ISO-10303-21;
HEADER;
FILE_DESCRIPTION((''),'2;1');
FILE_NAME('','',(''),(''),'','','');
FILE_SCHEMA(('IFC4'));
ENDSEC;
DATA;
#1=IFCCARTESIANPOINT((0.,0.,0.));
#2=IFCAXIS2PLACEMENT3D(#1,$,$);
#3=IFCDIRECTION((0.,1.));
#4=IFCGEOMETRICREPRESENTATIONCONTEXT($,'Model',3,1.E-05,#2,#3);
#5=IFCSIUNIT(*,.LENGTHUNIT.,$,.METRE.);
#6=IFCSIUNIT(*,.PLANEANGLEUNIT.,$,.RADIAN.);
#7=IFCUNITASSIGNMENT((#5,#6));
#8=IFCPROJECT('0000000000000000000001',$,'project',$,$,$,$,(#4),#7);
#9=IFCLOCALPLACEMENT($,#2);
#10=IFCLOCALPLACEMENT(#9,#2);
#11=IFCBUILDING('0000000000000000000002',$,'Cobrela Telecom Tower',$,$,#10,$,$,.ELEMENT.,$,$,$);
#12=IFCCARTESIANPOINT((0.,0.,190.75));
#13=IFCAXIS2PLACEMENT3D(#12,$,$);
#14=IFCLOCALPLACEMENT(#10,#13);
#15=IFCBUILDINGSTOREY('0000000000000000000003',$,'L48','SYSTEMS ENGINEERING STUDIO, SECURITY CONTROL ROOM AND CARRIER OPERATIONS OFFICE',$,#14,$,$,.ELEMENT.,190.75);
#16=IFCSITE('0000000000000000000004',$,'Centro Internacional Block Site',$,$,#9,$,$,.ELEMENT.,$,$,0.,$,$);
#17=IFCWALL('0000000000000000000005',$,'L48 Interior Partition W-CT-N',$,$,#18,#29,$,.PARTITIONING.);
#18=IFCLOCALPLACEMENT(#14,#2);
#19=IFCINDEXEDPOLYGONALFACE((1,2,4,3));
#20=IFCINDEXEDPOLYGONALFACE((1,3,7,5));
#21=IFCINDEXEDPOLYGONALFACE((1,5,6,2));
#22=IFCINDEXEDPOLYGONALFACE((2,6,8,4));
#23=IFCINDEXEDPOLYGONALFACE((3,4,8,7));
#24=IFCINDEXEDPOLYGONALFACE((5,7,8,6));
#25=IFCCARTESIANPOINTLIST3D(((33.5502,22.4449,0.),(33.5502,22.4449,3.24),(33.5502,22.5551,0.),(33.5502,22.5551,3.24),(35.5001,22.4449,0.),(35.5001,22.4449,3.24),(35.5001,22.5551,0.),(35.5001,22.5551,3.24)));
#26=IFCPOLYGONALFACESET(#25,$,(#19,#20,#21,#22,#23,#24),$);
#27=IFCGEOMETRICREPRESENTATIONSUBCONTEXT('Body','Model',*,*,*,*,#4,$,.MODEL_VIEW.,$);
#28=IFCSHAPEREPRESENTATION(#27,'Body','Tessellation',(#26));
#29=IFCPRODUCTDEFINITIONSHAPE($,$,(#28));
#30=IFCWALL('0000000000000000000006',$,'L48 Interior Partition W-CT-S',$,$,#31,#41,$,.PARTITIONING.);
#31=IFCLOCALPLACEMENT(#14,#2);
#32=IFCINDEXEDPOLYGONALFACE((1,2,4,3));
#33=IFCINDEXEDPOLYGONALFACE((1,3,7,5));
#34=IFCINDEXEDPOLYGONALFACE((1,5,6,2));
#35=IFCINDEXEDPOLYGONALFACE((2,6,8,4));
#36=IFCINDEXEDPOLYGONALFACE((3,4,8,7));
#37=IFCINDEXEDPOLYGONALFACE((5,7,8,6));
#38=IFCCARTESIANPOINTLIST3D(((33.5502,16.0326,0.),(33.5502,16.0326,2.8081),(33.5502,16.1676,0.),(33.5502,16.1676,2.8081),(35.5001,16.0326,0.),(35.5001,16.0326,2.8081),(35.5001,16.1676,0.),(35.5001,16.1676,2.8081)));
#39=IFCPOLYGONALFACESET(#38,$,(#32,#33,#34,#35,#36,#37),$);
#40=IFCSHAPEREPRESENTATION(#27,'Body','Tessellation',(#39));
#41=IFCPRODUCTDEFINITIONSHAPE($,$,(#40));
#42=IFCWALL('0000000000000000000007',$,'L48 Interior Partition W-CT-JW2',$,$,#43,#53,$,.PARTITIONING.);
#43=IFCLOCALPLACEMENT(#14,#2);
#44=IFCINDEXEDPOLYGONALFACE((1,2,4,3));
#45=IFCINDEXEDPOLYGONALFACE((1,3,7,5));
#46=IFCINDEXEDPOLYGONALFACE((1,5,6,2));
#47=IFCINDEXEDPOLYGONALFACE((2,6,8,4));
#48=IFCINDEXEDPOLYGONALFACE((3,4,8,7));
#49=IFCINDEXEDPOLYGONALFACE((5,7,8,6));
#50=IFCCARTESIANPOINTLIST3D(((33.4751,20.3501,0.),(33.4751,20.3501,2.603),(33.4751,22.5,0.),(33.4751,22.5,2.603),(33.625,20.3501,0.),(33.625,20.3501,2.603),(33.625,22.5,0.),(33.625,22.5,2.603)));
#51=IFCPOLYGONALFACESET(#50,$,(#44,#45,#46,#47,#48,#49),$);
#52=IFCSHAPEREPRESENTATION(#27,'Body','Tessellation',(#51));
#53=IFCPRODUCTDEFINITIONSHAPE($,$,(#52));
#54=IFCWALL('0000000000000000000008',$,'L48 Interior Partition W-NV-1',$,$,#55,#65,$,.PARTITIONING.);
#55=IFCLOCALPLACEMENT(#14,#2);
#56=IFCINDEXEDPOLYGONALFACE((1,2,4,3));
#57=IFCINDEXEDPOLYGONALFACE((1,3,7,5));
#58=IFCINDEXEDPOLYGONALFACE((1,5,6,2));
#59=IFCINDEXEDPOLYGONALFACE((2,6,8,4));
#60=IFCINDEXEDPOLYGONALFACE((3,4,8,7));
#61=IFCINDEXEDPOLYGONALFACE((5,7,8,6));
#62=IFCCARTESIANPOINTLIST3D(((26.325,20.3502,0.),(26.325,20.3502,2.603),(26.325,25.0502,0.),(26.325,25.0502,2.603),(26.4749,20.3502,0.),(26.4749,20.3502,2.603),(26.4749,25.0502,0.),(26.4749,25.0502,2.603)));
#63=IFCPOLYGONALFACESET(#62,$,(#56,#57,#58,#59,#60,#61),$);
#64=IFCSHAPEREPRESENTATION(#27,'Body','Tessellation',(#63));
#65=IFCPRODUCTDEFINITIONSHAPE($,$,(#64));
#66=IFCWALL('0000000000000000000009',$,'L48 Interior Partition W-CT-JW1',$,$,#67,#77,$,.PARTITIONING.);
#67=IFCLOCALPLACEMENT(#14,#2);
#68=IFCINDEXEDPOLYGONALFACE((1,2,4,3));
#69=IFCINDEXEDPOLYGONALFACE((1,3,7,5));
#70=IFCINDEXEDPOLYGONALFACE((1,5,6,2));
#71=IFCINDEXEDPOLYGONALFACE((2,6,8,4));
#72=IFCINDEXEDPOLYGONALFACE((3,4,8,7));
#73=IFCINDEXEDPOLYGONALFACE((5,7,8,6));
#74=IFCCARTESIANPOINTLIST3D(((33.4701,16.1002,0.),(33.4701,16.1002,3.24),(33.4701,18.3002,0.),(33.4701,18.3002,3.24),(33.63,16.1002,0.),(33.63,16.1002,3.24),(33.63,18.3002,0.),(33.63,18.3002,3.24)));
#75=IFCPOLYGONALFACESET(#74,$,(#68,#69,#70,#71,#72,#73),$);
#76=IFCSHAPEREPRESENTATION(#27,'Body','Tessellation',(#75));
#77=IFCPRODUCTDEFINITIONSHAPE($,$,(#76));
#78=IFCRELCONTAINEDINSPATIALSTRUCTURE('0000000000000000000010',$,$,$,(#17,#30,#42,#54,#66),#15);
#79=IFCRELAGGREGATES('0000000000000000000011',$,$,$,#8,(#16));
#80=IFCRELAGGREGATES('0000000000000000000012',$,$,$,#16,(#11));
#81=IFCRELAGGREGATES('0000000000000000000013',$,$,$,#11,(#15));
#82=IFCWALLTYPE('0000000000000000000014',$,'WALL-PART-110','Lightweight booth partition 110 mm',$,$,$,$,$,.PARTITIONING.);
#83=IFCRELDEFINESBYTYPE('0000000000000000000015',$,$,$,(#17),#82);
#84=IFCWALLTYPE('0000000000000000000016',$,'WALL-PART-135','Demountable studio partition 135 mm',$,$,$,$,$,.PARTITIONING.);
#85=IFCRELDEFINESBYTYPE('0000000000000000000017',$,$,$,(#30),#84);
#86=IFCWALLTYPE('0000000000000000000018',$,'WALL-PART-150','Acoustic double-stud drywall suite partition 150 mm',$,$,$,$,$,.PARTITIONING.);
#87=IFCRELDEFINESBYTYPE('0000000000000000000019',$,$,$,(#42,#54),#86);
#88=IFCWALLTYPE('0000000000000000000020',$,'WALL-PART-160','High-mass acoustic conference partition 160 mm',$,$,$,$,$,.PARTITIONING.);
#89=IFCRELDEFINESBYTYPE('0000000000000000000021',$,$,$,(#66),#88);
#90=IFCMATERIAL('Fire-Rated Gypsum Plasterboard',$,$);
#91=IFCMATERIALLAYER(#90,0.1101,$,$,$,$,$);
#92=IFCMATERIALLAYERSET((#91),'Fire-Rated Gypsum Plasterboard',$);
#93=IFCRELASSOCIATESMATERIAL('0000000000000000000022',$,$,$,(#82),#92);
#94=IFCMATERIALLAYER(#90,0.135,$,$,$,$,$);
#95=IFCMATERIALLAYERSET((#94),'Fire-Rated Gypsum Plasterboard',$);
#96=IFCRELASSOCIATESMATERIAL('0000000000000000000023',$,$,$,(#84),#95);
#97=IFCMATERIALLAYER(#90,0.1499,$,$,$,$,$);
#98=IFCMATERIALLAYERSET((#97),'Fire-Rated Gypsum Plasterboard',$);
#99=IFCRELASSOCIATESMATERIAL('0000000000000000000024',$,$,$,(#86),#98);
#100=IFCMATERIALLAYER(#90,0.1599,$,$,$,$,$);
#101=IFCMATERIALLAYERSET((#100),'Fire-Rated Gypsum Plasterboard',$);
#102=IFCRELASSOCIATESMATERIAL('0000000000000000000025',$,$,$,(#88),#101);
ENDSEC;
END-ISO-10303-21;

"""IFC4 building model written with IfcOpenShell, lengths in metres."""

from ifc_helpers import new_model, si_unit, direction, frame, frame_2d, origin, place, context, subcontext, project, spatial, rectangle, extrude, material, layer, layer_set, type_object, element, save


model = new_model("IFC4")

# Units and contexts
model_context = context("Model", 3, precision=1e-05, world=origin(), true_north=direction((0.0, 1.0)))
body_context = subcontext(model_context, "Body", "Model", "MODEL_VIEW")
ifc_project = project(units=[si_unit("LENGTHUNIT", "METRE"), si_unit("PLANEANGLEUNIT", "RADIAN")], contexts=[model_context])

# Site, building, storey
site_placement = place(None, origin())
site = spatial("IfcSite", under=ifc_project, at=site_placement, Name="Centro Internacional Block Site", CompositionType="ELEMENT", RefElevation=0.0)
building_placement = place(site_placement, origin())
building = spatial("IfcBuilding", under=site, at=building_placement, Name="Cobrela Telecom Tower", CompositionType="ELEMENT")
storey_placement = place(building_placement, frame((0.0, 0.0, 190.75)))
storey = spatial("IfcBuildingStorey", under=building, at=storey_placement, Name="L48", Description="SYSTEMS ENGINEERING STUDIO, SECURITY CONTROL ROOM AND CARRIER OPERATIONS OFFICE", CompositionType="ELEMENT", Elevation=190.75)

# Walls
ifc_material_1 = material(Name="Fire-Rated Gypsum Plasterboard")
ifc_layer_1 = layer(ifc_material_1, 0.1101)
ifc_layer_set_1 = layer_set([ifc_layer_1], Name="Fire-Rated Gypsum Plasterboard")
wall_type_1 = type_object("IfcWallType", Name="WALL-PART-110", Description="Lightweight booth partition 110 mm", PredefinedType="PARTITIONING", material=ifc_layer_set_1)
wall_1_placement = place(storey_placement, frame((33.55, 22.5, 0.0), z_axis=(0.0, 0.0, 1.0), x_axis=(1.0, 0.0, 0.0)))
element("IfcWall", 1, at=wall_1_placement, inside=storey, type_object=wall_type_1, Name="L48 Interior Partition W-CT-N", PredefinedType="PARTITIONING", context=body_context, shape_type="SweptSolid", body=[
    extrude(rectangle(XDim=1.95, YDim=0.1101, at=frame_2d((0.9751, 0.0))), origin(), (0.0, 0.0, 1.0), 3.24),
])
ifc_layer_2 = layer(ifc_material_1, 0.135)
ifc_layer_set_2 = layer_set([ifc_layer_2], Name="Fire-Rated Gypsum Plasterboard")
wall_type_2 = type_object("IfcWallType", Name="WALL-PART-135", Description="Demountable studio partition 135 mm", PredefinedType="PARTITIONING", material=ifc_layer_set_2)
wall_2_placement = place(storey_placement, frame((33.55, 16.1001, 0.0), z_axis=(0.0, 0.0, 1.0), x_axis=(1.0, 0.0, 0.0)))
element("IfcWall", 2, at=wall_2_placement, inside=storey, type_object=wall_type_2, Name="L48 Interior Partition W-CT-S", PredefinedType="PARTITIONING", context=body_context, shape_type="SweptSolid", body=[
    extrude(rectangle(XDim=1.95, YDim=0.135, at=frame_2d((0.9751, 0.0))), origin(), (0.0, 0.0, 1.0), 2.8081),
])
ifc_layer_3 = layer(ifc_material_1, 0.1499)
ifc_layer_set_3 = layer_set([ifc_layer_3], Name="Fire-Rated Gypsum Plasterboard")
wall_type_3 = type_object("IfcWallType", Name="WALL-PART-150", Description="Acoustic double-stud drywall suite partition 150 mm", PredefinedType="PARTITIONING", material=ifc_layer_set_3)
wall_3_placement = place(storey_placement, frame((33.55, 20.3501, 0.0), z_axis=(0.0, 0.0, 1.0), x_axis=(0.0, 1.0, 0.0)))
element("IfcWall", 3, at=wall_3_placement, inside=storey, type_object=wall_type_3, Name="L48 Interior Partition W-CT-JW2", PredefinedType="PARTITIONING", context=body_context, shape_type="SweptSolid", body=[
    extrude(rectangle(XDim=2.1499, YDim=0.1499, at=frame_2d((1.075, 0.0))), origin(), (0.0, 0.0, 1.0), 2.603),
])
wall_4_placement = place(storey_placement, frame((26.3999, 20.3501, 0.0), z_axis=(0.0, 0.0, 1.0), x_axis=(0.0, 1.0, 0.0)))
element("IfcWall", 4, at=wall_4_placement, inside=storey, type_object=wall_type_3, Name="L48 Interior Partition W-NV-1", PredefinedType="PARTITIONING", context=body_context, shape_type="SweptSolid", body=[
    extrude(rectangle(XDim=4.7, YDim=0.1499, at=frame_2d((2.3501, 0.0))), origin(), (0.0, 0.0, 1.0), 2.603),
])
ifc_layer_4 = layer(ifc_material_1, 0.1599)
ifc_layer_set_4 = layer_set([ifc_layer_4], Name="Fire-Rated Gypsum Plasterboard")
wall_type_4 = type_object("IfcWallType", Name="WALL-PART-160", Description="High-mass acoustic conference partition 160 mm", PredefinedType="PARTITIONING", material=ifc_layer_set_4)
wall_5_placement = place(storey_placement, frame((33.55, 16.1001, 0.0), z_axis=(0.0, 0.0, 1.0), x_axis=(0.0, 1.0, 0.0)))
element("IfcWall", 5, at=wall_5_placement, inside=storey, type_object=wall_type_4, Name="L48 Interior Partition W-CT-JW1", PredefinedType="PARTITIONING", context=body_context, shape_type="SweptSolid", body=[
    extrude(rectangle(XDim=2.2, YDim=0.1599, at=frame_2d((1.1001, 0.0))), origin(), (0.0, 0.0, 1.0), 3.24),
])

save(model, "model.ifc")
